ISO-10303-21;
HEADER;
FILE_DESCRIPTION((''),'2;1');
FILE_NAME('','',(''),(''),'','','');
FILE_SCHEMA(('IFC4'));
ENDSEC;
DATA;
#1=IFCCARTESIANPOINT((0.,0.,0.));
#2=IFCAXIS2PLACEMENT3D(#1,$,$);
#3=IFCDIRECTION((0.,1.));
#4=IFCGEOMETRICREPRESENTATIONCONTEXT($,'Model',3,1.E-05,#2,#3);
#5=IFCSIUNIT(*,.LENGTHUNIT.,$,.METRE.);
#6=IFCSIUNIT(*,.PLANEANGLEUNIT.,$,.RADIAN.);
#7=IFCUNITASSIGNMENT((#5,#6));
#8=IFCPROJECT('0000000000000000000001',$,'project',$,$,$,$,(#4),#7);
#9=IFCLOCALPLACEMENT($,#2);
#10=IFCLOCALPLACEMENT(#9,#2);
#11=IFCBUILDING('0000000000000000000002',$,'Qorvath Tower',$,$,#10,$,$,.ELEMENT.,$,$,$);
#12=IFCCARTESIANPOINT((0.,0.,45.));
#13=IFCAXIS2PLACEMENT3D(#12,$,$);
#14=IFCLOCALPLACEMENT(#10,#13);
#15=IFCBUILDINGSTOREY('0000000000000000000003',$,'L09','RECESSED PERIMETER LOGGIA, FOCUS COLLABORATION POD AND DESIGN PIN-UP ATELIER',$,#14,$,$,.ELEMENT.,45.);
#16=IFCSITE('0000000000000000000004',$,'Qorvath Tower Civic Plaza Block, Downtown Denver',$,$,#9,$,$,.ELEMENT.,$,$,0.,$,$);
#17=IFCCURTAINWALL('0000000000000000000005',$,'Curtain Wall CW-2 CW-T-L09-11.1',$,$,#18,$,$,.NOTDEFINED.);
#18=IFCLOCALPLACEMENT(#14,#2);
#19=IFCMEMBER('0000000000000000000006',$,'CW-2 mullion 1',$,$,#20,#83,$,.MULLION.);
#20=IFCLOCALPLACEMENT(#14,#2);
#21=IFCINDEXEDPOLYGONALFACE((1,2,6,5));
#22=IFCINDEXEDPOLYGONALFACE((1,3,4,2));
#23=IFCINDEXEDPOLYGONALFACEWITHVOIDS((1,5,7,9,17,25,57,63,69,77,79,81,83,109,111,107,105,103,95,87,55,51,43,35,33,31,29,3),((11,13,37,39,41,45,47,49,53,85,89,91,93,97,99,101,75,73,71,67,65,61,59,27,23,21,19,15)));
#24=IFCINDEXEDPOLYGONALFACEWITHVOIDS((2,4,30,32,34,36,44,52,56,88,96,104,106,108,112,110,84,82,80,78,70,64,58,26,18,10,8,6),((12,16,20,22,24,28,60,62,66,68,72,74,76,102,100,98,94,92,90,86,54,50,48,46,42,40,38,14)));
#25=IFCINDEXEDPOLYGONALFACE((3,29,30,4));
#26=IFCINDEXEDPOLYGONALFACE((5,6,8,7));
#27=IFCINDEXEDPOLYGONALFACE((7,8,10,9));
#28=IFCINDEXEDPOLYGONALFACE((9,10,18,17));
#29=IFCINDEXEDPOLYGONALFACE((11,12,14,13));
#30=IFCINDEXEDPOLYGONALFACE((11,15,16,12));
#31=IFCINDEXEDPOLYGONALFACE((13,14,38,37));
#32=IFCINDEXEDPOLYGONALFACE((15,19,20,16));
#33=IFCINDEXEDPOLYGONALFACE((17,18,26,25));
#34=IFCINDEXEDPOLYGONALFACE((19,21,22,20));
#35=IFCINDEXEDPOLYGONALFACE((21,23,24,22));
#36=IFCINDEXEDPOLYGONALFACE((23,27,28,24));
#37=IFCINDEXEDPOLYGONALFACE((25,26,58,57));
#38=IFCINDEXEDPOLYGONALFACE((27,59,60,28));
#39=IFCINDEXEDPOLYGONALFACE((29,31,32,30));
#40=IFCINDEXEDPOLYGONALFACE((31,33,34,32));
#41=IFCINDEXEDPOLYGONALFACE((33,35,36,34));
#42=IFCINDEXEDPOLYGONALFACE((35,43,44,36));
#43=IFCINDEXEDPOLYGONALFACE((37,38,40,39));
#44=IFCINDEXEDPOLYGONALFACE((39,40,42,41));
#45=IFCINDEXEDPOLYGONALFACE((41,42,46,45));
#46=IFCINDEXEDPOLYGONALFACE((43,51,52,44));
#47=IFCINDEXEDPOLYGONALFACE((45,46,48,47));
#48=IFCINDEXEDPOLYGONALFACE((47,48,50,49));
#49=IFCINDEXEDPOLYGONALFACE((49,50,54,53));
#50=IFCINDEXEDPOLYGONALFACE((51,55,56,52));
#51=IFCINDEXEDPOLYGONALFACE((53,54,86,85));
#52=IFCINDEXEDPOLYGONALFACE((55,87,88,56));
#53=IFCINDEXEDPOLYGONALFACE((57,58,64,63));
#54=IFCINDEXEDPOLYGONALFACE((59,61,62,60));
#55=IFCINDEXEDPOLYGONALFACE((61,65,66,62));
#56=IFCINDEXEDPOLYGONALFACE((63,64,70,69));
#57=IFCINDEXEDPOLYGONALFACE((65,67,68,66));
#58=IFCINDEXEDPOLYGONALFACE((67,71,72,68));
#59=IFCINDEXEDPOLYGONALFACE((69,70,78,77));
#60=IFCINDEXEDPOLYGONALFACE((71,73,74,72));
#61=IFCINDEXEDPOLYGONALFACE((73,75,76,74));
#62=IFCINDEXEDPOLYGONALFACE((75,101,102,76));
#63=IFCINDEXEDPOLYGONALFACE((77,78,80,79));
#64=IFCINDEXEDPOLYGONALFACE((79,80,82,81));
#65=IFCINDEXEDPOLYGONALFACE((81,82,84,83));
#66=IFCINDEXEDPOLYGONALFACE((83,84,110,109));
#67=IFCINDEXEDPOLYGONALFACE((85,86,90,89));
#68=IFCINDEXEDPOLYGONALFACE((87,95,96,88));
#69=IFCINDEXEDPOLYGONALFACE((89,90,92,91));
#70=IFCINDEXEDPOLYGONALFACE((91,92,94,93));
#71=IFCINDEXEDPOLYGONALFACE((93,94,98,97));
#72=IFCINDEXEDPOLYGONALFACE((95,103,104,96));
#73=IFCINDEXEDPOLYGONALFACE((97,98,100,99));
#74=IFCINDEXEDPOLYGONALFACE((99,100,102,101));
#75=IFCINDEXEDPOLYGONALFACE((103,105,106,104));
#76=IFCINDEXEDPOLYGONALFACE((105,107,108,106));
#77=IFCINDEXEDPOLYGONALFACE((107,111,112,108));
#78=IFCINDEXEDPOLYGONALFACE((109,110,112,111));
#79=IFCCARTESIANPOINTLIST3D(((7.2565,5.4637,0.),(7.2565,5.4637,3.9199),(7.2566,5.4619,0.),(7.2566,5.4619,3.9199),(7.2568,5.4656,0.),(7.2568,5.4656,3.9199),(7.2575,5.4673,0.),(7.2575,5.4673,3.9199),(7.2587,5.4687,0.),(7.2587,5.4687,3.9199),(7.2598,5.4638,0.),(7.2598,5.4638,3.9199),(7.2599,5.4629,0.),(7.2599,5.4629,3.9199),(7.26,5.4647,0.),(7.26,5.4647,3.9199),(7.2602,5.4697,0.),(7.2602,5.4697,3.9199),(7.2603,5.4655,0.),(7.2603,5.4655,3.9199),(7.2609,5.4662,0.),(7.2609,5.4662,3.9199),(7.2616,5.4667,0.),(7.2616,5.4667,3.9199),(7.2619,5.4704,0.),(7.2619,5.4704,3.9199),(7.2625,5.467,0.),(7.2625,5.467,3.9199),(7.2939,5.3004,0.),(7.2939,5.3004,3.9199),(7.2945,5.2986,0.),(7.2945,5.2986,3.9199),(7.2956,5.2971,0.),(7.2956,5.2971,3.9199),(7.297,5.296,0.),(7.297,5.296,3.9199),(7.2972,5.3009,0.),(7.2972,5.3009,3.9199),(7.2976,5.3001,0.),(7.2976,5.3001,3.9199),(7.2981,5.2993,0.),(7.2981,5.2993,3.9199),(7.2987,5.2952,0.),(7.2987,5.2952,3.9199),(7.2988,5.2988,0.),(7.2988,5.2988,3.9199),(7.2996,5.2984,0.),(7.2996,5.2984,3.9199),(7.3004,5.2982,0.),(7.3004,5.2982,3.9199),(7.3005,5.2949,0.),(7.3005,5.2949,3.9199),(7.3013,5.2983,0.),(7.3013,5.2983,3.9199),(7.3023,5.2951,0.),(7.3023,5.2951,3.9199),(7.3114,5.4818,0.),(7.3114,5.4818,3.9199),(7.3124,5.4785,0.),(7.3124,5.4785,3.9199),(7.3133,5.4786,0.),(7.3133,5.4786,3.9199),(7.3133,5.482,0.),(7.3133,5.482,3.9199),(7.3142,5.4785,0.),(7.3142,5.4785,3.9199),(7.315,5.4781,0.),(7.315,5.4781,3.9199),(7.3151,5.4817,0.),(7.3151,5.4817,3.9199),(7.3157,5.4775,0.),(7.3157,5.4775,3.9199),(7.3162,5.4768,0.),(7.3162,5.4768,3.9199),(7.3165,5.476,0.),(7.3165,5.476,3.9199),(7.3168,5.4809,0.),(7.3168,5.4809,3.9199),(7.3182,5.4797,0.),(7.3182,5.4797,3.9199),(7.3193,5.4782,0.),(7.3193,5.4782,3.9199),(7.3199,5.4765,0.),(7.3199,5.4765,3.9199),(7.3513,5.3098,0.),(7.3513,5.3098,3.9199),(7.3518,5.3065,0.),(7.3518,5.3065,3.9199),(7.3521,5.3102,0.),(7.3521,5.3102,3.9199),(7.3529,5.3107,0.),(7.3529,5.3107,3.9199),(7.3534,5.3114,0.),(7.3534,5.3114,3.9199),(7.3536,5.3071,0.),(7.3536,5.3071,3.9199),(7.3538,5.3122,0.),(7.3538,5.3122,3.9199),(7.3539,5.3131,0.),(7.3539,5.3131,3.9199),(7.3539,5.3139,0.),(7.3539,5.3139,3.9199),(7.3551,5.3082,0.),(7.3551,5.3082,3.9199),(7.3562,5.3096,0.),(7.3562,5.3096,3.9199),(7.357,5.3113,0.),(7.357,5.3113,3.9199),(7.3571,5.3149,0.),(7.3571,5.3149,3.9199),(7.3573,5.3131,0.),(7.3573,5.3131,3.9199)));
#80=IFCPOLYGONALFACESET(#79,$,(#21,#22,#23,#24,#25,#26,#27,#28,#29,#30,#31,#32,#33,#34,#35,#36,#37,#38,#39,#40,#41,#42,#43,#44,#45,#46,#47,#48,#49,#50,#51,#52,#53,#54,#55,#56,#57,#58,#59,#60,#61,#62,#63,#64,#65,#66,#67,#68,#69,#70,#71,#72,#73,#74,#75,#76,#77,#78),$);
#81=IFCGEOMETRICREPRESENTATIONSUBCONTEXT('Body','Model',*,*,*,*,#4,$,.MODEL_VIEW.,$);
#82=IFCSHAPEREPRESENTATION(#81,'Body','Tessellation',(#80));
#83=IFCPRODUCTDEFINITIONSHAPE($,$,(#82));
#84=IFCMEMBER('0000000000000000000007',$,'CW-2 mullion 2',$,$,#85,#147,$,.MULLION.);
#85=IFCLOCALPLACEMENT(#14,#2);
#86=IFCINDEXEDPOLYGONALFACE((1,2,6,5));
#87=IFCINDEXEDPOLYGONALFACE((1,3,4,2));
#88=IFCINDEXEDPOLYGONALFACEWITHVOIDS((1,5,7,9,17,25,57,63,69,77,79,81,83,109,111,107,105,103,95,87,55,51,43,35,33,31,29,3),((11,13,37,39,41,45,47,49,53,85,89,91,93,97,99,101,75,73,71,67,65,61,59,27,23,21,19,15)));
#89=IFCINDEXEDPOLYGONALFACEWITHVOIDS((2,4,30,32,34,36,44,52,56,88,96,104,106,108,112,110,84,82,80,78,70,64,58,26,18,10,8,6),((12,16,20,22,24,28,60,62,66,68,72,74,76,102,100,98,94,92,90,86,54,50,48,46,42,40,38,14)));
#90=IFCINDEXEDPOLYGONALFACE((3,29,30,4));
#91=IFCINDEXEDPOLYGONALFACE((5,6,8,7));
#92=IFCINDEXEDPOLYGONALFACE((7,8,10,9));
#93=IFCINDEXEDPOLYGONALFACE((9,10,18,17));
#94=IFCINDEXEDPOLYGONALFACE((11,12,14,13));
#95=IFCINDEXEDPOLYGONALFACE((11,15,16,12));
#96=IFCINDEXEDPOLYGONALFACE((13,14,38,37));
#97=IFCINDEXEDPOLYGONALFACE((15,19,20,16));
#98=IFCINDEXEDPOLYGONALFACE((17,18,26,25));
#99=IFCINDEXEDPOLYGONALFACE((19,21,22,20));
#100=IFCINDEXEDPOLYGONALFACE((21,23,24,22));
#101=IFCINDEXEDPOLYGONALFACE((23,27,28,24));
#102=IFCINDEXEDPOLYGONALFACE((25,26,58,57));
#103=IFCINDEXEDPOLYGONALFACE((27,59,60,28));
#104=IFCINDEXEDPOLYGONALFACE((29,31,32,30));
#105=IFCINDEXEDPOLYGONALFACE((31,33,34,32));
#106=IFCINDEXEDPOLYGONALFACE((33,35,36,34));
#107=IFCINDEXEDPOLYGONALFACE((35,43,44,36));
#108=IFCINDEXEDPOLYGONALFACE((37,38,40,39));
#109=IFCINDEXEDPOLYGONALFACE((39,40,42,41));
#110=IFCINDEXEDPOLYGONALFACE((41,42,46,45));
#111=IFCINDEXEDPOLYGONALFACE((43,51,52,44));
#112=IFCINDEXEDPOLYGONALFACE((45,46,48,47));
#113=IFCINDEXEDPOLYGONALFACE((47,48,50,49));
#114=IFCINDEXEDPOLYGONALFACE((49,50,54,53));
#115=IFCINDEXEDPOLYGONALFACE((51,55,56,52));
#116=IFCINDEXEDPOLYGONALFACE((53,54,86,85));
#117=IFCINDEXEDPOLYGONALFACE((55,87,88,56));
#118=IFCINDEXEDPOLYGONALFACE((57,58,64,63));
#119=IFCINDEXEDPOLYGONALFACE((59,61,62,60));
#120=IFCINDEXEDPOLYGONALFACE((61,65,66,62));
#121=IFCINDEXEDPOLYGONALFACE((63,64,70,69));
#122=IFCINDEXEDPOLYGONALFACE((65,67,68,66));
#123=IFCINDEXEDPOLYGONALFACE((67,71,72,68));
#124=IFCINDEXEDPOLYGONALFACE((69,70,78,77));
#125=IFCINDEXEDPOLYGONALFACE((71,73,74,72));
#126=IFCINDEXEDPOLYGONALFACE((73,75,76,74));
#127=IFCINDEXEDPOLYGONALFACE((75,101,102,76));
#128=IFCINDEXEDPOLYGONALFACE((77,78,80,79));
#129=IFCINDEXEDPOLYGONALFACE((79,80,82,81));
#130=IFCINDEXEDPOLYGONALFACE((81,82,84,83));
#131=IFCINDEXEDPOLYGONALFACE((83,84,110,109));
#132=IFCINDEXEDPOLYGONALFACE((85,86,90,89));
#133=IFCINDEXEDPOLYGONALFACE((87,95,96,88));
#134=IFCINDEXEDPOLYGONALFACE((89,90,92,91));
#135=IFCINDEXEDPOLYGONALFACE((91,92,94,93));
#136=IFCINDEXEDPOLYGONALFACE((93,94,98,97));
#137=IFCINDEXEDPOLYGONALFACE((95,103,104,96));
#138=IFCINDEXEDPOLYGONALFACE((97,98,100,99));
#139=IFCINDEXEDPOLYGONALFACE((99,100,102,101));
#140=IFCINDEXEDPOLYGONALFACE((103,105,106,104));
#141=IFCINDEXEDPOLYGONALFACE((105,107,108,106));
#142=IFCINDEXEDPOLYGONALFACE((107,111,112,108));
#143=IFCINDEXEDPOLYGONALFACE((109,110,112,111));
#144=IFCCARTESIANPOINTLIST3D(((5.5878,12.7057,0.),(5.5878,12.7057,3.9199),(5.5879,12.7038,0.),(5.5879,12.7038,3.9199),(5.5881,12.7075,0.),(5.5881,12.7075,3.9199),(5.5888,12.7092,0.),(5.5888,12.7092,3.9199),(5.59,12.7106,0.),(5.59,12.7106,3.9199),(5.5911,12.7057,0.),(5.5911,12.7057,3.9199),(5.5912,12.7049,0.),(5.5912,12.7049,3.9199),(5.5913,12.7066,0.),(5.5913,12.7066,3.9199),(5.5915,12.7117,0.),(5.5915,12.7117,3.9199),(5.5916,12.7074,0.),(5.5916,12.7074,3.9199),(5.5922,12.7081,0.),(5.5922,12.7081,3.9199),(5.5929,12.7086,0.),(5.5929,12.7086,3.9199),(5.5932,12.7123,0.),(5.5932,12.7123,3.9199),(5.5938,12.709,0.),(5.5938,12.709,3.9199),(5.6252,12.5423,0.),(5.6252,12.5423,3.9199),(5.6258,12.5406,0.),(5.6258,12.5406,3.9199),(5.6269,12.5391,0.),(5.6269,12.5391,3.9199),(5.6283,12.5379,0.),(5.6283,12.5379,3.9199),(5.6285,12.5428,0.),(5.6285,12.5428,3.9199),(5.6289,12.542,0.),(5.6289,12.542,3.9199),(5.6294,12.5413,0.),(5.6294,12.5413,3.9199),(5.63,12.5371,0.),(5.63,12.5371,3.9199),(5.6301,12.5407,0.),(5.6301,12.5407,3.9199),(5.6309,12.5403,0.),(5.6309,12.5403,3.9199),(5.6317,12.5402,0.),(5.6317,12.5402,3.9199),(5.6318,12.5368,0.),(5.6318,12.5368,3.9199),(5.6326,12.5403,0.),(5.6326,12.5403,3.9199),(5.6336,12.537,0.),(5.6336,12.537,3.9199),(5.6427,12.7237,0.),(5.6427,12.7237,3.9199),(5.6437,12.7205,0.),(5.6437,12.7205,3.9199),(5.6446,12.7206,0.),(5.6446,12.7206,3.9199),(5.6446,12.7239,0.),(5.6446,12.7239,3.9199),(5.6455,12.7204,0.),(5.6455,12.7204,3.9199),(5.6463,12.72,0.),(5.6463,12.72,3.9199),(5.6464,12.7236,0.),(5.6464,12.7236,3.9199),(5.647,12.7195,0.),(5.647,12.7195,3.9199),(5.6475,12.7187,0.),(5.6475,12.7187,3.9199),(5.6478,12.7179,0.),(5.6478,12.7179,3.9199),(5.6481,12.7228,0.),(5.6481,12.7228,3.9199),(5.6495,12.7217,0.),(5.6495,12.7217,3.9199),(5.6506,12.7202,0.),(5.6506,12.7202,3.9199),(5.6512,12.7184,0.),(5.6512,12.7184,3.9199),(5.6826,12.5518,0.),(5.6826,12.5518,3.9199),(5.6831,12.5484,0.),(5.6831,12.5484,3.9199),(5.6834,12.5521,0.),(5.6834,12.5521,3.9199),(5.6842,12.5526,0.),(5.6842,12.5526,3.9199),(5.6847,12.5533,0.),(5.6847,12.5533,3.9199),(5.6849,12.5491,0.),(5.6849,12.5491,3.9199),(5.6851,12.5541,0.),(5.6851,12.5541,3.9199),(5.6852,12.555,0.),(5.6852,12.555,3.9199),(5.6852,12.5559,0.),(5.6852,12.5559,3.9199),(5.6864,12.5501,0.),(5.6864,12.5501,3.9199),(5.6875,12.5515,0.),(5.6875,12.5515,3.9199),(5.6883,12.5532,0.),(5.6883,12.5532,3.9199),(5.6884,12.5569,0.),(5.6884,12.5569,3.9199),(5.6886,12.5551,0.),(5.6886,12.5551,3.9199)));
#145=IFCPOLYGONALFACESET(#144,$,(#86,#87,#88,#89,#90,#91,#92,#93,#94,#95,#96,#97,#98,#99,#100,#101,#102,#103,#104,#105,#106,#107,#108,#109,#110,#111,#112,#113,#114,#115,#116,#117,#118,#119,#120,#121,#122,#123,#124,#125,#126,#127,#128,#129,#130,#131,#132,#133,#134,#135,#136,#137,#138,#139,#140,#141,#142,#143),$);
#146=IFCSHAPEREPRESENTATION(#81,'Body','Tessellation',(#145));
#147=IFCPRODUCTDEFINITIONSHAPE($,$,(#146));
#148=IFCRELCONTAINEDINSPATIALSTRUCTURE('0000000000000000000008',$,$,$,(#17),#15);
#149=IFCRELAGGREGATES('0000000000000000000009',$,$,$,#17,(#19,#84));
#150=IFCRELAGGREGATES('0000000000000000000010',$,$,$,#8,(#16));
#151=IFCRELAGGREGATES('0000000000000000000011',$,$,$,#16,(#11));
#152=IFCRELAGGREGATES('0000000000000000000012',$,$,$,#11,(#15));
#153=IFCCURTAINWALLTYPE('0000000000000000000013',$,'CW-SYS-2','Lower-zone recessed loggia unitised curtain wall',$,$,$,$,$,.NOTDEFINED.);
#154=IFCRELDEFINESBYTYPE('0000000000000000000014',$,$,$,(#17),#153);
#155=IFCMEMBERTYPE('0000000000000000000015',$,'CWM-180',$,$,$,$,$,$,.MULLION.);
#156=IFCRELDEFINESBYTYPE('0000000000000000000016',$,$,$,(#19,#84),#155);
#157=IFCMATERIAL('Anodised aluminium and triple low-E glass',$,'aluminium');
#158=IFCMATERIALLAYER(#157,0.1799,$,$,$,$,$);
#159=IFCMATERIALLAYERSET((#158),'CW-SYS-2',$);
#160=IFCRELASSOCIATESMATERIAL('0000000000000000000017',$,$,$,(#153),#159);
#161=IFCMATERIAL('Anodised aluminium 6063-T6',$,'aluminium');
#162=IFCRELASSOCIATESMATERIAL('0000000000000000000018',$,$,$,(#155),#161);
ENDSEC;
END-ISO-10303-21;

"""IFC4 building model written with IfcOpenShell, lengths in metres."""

from ifc_helpers import new_model, si_unit, direction, frame, origin, origin_2d, place, context, subcontext, project, spatial, hollow_rectangle, extrude, material, layer, layer_set, material_profile, profile_set, type_object, element, aggregate, save


model = new_model("IFC4")

# Units and contexts
model_context = context("Model", 3, precision=1e-05, world=origin(), true_north=direction((0.0, 1.0)))
body_context = subcontext(model_context, "Body", "Model", "MODEL_VIEW")
ifc_project = project(units=[si_unit("LENGTHUNIT", "METRE"), si_unit("PLANEANGLEUNIT", "RADIAN")], contexts=[model_context])

# Site, building, storey
site_placement = place(None, origin())
site = spatial("IfcSite", under=ifc_project, at=site_placement, Name="Qorvath Tower Civic Plaza Block, Downtown Denver", CompositionType="ELEMENT", RefElevation=0.0)
building_placement = place(site_placement, origin())
building = spatial("IfcBuilding", under=site, at=building_placement, Name="Qorvath Tower", CompositionType="ELEMENT")
storey_placement = place(building_placement, frame((0.0, 0.0, 45.0)))
storey = spatial("IfcBuildingStorey", under=building, at=storey_placement, Name="L09", Description="RECESSED PERIMETER LOGGIA, FOCUS COLLABORATION POD AND DESIGN PIN-UP ATELIER", CompositionType="ELEMENT", Elevation=45.0)

# Shared definitions
ifc_material_1 = material(Name="Anodised aluminium and triple low-E glass", Category="aluminium")
ifc_layer_1 = layer(ifc_material_1, 0.1799)
ifc_layer_set_1 = layer_set([ifc_layer_1], Name="CW-SYS-2")
curtain_wall_type = type_object("IfcCurtainWallType", Name="CW-SYS-2", Description="Lower-zone recessed loggia unitised curtain wall", PredefinedType="NOTDEFINED", material=ifc_layer_set_1)
ifc_material_2 = material(Name="Anodised aluminium 6063-T6", Category="aluminium")
ifc_material_profile_1 = material_profile(ifc_material_2, hollow_rectangle(XDim=0.0649, YDim=0.1799, WallThickness=0.0034, InnerFilletRadius=0.0034, OuterFilletRadius=0.0071, at=origin_2d()), Name="CWM 180x65")
ifc_profile_set_1 = profile_set([ifc_material_profile_1], Name="Anodised aluminium 6063-T6")
member_type_1 = type_object("IfcMemberType", Name="CWM-180", PredefinedType="MULLION", material=ifc_profile_set_1)

# Curtain wall, members
curtain_wall_1_placement = place(storey_placement, origin())
curtain_wall_1 = element("IfcCurtainWall", 1, at=curtain_wall_1_placement, inside=storey, type_object=curtain_wall_type, Name="Curtain Wall CW-2 CW-T-L09-11.1", PredefinedType="NOTDEFINED")
member_1_placement = place(storey_placement, frame((7.3069, 5.3884, 0.0), z_axis=(0.0, 0.0, 1.0), x_axis=(-0.974466, -0.224535, 0.0)))
member_1 = element("IfcMember", 2, at=member_1_placement, type_object=member_type_1, Name="CW-2 mullion 1", PredefinedType="MULLION", context=body_context, shape_type="SweptSolid", body=[
    extrude(hollow_rectangle(XDim=0.0649, YDim=0.1799, WallThickness=0.0034, InnerFilletRadius=0.0034, OuterFilletRadius=0.0071, at=origin_2d()), origin(), (0.0, 0.0, 1.0), 3.9199),
])
member_2_placement = place(storey_placement, frame((5.6382, 12.6304, 0.0), z_axis=(0.0, 0.0, 1.0), x_axis=(-0.974466, -0.224535, 0.0)))
member_2 = element("IfcMember", 3, at=member_2_placement, type_object=member_type_1, Name="CW-2 mullion 2", PredefinedType="MULLION", context=body_context, shape_type="SweptSolid", body=[
    extrude(hollow_rectangle(XDim=0.0649, YDim=0.1799, WallThickness=0.0034, InnerFilletRadius=0.0034, OuterFilletRadius=0.0071, at=origin_2d()), origin(), (0.0, 0.0, 1.0), 3.9199),
])

aggregate(curtain_wall_1, [member_1, member_2])

save(model, "model.ifc")
